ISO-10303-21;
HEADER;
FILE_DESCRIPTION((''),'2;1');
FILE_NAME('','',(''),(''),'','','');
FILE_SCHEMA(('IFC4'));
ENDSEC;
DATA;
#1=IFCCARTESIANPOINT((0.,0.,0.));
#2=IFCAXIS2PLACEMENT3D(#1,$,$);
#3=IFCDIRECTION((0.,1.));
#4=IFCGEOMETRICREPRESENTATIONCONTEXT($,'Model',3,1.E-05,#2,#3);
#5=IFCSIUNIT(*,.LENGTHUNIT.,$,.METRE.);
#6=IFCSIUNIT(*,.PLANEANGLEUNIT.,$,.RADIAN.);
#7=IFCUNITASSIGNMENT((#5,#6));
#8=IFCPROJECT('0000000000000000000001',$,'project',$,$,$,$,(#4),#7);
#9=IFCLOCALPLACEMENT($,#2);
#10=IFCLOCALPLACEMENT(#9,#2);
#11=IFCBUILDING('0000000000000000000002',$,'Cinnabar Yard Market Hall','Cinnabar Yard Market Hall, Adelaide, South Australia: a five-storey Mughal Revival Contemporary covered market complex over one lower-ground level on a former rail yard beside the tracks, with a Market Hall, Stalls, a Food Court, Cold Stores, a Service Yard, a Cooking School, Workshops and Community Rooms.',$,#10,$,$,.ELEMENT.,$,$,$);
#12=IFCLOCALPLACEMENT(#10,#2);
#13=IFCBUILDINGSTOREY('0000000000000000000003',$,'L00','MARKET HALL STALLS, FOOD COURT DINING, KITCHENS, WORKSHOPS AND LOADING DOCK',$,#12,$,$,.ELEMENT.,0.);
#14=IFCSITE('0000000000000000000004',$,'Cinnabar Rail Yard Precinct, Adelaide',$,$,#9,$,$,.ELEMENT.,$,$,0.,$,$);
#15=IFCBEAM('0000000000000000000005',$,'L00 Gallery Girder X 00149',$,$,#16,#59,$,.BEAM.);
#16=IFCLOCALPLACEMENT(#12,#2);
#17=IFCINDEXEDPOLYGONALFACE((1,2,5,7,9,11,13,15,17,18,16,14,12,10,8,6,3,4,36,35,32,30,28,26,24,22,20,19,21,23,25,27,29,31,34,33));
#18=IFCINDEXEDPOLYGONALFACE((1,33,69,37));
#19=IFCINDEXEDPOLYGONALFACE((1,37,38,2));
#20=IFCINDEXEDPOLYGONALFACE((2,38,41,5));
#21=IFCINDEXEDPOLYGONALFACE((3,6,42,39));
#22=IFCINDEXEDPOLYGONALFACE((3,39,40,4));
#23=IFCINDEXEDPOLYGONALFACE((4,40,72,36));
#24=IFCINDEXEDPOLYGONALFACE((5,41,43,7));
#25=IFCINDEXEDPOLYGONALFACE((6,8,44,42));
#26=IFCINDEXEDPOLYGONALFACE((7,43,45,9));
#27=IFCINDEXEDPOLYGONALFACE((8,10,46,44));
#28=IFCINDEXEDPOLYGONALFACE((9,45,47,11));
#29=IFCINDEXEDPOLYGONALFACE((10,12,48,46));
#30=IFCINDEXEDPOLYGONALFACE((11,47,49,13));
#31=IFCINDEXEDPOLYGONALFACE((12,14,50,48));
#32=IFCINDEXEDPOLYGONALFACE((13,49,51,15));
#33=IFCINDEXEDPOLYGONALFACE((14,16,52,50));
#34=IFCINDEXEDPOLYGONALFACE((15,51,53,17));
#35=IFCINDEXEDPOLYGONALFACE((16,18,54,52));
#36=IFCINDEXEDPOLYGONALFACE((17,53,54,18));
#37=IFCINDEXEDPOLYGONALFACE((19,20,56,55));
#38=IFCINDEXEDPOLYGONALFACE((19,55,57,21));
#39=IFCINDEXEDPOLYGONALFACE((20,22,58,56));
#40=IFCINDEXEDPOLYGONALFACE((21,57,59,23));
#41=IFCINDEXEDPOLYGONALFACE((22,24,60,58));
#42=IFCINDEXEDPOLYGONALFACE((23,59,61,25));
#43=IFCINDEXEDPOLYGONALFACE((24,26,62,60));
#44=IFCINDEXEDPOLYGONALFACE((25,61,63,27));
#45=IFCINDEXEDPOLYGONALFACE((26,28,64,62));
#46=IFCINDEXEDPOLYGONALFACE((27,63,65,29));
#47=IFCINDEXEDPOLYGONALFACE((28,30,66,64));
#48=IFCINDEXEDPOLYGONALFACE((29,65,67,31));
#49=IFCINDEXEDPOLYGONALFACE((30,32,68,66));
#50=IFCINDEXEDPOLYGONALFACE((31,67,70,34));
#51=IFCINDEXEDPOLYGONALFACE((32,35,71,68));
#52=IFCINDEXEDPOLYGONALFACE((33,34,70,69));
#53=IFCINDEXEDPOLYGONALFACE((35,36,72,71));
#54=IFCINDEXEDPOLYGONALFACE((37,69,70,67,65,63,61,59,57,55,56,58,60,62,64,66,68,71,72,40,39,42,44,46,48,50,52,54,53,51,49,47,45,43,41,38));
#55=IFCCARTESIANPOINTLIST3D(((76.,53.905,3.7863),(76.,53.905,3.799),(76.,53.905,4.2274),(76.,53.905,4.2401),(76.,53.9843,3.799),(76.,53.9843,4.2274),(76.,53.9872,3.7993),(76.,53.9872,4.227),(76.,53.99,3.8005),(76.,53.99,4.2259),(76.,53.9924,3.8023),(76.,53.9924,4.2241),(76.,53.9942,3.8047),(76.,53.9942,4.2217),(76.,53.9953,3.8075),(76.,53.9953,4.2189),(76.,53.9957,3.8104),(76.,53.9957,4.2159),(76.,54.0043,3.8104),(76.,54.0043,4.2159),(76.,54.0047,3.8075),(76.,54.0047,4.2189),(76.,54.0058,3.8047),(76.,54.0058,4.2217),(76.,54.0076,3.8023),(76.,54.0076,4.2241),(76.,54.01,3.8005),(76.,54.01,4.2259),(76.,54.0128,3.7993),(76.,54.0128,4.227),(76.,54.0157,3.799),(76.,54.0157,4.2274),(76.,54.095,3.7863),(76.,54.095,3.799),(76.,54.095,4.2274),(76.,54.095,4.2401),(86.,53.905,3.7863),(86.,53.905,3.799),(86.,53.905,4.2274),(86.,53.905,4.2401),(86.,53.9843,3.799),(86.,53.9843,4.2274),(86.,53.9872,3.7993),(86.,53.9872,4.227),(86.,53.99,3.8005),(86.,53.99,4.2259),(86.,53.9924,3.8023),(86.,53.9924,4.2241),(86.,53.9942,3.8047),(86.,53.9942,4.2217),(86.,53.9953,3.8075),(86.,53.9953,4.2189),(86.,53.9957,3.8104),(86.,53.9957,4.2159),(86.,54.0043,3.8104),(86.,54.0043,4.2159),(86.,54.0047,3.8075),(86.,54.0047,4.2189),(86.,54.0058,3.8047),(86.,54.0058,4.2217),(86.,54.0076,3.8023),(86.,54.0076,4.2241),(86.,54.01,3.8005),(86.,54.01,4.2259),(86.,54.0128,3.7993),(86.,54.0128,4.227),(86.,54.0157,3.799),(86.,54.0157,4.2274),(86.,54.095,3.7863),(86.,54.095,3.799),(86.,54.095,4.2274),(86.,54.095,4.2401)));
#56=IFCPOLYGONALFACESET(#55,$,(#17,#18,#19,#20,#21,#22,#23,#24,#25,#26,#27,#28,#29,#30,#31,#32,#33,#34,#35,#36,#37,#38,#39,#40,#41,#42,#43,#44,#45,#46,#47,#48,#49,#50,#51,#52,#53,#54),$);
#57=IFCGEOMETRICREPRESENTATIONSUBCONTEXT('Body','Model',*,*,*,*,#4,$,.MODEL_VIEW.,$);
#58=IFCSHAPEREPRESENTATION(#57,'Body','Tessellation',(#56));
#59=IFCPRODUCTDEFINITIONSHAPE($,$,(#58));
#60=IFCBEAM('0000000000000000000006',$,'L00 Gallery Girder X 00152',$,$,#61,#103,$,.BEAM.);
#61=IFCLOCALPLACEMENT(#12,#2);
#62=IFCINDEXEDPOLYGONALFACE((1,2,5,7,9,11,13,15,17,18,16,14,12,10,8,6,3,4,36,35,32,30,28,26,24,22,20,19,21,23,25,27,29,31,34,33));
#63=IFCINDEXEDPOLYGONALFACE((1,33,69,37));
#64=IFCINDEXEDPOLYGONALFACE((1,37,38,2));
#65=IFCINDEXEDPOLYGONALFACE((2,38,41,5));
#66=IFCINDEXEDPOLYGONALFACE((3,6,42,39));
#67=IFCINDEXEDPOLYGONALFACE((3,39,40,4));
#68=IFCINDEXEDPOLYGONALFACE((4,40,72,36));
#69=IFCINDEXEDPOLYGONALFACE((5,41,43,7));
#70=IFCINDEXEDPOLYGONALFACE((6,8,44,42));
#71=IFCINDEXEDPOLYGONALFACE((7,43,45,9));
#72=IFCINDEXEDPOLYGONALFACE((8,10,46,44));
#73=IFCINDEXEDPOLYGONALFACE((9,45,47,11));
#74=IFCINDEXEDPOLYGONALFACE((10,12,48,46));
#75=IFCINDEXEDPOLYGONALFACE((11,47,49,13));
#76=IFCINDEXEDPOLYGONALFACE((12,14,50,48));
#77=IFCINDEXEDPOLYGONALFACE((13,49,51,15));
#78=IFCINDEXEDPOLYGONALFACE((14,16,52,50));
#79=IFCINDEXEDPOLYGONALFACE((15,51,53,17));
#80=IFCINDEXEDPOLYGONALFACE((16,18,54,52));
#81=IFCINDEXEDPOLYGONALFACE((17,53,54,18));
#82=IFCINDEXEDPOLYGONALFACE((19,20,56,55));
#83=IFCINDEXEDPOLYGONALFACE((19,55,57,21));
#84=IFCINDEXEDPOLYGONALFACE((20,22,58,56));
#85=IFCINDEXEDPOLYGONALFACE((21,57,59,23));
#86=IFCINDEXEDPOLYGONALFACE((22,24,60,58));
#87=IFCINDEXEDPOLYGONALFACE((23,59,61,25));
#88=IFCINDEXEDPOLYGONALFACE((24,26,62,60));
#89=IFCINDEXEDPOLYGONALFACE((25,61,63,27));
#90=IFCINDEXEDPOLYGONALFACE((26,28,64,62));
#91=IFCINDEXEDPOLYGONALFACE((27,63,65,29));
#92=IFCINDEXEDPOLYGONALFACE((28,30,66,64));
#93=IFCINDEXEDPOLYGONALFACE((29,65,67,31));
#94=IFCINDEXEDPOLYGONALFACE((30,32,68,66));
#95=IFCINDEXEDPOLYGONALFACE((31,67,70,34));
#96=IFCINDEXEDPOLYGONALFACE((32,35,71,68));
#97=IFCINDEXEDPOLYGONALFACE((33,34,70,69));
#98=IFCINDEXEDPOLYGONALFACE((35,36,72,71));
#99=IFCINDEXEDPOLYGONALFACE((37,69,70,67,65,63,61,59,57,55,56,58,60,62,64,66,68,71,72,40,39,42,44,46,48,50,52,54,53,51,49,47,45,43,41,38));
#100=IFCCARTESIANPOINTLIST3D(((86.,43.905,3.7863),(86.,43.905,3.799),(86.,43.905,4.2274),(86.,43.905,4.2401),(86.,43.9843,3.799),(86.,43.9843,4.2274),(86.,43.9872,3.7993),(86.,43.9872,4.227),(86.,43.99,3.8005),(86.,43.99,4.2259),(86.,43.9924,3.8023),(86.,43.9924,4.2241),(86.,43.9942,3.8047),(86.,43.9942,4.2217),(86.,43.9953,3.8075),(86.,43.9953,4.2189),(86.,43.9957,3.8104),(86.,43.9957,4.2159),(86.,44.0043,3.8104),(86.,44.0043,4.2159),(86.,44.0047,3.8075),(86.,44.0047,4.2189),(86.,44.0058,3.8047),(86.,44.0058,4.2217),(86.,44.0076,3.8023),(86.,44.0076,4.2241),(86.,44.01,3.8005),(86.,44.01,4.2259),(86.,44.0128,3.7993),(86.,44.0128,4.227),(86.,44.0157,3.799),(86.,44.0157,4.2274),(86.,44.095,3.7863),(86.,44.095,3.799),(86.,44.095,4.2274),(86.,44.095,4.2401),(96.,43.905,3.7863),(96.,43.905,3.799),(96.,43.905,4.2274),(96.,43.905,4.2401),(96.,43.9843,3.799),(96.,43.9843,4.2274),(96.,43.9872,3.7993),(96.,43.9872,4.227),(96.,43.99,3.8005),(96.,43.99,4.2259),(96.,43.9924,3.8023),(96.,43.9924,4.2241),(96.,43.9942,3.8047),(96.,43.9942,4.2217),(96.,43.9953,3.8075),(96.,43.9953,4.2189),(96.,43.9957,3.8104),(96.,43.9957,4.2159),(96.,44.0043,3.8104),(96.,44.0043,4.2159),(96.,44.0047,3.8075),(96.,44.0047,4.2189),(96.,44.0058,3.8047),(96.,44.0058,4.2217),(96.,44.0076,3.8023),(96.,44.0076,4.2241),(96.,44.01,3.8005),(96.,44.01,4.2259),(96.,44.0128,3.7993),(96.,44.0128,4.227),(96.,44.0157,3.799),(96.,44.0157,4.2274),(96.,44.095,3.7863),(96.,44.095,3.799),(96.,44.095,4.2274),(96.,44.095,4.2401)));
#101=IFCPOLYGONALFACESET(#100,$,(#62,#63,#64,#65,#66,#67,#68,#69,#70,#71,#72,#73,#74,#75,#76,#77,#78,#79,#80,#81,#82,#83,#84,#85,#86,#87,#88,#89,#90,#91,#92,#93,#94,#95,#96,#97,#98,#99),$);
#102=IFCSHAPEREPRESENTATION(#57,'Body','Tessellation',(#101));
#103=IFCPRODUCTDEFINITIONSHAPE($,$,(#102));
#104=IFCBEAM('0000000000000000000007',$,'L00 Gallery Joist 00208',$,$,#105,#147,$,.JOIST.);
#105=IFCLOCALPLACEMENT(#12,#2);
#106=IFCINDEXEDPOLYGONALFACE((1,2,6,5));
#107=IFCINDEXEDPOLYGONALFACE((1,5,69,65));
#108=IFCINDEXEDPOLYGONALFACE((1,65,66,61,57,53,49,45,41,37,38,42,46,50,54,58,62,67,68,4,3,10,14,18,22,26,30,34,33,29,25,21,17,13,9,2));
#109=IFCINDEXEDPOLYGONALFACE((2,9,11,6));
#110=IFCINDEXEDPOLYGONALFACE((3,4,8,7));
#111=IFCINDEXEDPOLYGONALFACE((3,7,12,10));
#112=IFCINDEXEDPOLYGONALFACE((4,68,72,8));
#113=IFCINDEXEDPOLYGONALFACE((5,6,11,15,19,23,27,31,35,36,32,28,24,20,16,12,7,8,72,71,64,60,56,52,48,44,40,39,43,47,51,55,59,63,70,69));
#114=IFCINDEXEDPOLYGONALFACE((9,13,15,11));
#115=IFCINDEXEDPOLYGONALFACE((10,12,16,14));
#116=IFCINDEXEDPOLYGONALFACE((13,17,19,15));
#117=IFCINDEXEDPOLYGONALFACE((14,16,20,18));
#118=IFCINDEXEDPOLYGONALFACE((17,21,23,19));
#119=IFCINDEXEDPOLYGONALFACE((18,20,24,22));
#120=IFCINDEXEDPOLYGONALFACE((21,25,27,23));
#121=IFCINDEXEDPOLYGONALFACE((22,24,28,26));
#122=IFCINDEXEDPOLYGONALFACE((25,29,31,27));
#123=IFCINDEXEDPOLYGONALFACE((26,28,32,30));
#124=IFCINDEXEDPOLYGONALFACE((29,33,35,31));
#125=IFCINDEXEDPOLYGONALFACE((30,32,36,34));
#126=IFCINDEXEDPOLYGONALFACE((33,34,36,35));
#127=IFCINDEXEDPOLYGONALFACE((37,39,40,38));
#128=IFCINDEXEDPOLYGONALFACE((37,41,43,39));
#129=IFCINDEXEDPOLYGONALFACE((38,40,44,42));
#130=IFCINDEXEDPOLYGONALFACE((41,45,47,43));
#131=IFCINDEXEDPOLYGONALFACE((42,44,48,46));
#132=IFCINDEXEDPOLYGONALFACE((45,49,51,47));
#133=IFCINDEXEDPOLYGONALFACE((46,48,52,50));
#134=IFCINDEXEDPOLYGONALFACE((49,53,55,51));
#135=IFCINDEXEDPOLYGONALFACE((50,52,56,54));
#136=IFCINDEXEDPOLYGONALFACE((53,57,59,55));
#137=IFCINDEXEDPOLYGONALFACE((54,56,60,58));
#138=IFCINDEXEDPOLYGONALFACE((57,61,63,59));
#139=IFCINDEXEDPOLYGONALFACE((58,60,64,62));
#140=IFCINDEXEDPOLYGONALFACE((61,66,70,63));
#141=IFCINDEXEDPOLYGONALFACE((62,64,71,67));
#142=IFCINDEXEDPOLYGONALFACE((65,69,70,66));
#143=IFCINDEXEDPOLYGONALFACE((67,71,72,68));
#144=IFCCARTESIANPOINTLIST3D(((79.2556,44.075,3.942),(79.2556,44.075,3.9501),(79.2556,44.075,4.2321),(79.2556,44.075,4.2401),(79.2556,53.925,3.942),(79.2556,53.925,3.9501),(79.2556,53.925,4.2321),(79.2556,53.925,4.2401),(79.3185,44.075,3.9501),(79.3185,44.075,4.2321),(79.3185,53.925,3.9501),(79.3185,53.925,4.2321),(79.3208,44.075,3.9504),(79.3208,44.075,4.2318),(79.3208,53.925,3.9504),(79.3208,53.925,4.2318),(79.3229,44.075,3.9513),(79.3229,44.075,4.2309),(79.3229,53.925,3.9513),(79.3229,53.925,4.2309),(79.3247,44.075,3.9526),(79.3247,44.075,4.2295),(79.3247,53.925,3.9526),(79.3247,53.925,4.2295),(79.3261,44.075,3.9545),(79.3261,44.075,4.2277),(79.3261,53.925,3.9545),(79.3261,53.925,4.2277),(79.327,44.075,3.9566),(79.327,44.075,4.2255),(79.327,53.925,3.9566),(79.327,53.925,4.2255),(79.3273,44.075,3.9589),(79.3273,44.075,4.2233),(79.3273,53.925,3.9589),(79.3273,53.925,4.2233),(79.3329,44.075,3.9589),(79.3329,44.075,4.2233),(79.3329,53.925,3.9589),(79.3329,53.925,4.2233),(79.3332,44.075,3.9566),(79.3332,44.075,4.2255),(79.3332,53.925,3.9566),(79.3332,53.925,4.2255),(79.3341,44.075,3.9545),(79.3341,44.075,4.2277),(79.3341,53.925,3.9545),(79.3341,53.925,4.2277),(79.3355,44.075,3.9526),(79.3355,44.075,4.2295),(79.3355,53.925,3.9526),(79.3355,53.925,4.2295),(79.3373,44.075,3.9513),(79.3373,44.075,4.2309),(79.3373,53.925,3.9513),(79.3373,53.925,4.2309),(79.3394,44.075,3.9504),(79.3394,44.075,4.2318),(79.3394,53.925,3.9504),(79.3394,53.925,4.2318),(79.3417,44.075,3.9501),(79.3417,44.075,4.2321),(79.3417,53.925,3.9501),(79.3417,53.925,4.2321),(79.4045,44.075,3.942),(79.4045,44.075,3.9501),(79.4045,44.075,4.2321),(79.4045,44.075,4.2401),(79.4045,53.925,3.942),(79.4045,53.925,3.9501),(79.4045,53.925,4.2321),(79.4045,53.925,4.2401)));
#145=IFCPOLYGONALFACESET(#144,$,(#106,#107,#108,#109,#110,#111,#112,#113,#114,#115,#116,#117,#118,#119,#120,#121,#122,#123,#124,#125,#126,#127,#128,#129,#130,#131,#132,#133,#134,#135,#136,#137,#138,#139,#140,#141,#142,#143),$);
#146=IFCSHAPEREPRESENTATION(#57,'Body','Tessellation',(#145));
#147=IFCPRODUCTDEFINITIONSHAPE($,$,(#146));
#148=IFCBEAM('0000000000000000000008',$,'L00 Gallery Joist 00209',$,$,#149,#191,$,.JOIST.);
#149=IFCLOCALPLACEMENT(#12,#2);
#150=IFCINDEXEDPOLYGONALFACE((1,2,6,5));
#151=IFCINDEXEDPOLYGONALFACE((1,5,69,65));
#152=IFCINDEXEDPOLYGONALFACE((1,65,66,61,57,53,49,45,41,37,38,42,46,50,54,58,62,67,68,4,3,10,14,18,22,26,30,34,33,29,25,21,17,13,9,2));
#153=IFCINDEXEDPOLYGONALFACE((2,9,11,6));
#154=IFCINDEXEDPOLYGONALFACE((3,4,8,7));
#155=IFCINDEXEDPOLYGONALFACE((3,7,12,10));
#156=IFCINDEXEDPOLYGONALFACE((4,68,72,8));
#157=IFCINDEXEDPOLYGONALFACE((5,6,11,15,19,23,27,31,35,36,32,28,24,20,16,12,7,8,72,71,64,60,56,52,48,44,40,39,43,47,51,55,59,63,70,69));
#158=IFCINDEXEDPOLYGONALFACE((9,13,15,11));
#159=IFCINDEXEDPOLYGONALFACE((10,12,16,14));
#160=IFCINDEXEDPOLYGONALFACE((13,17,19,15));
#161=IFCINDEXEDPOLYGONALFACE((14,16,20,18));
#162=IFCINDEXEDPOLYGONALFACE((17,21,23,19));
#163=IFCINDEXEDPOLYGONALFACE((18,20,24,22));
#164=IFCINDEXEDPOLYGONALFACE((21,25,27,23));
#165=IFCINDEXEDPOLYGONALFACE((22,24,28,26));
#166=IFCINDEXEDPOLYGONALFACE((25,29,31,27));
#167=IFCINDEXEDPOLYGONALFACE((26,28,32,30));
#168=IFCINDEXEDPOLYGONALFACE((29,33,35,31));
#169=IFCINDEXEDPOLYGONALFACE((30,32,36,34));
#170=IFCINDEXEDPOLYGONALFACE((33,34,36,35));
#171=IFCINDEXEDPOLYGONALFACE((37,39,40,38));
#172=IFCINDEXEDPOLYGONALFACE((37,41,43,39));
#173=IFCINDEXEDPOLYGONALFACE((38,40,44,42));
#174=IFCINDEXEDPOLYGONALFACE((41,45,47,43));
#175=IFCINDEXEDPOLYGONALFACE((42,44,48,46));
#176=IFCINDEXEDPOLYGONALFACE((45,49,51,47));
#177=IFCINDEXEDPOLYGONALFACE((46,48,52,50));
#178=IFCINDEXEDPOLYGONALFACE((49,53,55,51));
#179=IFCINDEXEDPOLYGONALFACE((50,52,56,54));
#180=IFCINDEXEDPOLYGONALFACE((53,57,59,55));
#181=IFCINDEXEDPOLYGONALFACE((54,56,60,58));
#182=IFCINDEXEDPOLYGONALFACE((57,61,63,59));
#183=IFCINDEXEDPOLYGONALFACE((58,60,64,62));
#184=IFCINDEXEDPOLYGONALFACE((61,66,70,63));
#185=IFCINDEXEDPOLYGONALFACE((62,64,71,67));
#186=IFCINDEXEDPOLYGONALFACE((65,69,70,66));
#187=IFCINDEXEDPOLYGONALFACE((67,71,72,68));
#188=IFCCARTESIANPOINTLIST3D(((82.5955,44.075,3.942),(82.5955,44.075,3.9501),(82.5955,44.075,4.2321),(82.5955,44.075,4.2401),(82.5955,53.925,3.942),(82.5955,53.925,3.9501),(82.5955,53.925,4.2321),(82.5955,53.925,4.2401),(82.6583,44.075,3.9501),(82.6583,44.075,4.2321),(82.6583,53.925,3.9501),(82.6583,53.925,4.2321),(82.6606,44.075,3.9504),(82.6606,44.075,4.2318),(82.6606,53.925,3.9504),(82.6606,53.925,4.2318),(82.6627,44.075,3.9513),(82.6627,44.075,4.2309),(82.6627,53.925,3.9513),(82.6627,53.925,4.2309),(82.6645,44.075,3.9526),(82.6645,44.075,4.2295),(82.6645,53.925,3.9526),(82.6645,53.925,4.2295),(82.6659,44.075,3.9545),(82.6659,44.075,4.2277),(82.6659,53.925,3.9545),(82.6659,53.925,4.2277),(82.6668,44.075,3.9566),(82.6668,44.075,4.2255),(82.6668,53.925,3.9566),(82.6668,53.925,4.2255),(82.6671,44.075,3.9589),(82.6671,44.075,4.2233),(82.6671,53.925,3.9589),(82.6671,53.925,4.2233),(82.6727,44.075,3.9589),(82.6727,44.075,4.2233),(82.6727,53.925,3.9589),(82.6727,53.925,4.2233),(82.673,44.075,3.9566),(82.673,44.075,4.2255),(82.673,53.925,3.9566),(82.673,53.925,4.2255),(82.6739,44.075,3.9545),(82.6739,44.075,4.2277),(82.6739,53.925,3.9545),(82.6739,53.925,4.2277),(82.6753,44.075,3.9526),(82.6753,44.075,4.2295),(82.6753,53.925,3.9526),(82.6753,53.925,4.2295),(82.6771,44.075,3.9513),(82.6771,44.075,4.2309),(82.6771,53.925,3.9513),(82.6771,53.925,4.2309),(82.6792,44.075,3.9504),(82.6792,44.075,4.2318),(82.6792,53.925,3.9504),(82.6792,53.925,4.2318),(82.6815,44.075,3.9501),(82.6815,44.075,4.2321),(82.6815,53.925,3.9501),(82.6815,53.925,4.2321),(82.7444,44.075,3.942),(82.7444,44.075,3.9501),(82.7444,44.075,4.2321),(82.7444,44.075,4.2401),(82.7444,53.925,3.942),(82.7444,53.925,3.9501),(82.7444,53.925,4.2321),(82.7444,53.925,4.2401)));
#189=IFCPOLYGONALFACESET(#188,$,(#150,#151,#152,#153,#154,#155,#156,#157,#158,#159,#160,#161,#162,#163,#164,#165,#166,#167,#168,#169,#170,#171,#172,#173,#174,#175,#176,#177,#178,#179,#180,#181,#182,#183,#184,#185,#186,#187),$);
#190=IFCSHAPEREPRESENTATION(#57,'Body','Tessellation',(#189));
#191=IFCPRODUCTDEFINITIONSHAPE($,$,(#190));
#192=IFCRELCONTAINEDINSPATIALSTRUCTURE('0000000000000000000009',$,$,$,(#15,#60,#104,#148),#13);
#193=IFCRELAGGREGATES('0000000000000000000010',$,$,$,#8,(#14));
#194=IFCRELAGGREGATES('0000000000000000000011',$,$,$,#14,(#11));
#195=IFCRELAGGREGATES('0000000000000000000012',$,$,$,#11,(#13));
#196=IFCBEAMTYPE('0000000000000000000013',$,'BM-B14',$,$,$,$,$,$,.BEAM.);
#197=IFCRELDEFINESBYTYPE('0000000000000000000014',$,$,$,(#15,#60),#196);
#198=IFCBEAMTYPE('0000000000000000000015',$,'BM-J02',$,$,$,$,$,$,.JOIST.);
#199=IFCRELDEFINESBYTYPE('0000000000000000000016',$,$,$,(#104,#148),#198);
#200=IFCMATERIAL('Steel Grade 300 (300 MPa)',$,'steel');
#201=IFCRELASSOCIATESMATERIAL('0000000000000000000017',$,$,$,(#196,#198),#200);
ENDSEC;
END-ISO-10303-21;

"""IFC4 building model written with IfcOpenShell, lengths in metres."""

from ifc_helpers import new_model, si_unit, direction, frame, origin, origin_2d_with_axis, place, context, subcontext, project, spatial, i_section, extrude, material, material_profile, profile_set, type_object, element, save


model = new_model("IFC4")

# Units and contexts
model_context = context("Model", 3, precision=1e-05, world=origin(), true_north=direction((0.0, 1.0)))
body_context = subcontext(model_context, "Body", "Model", "MODEL_VIEW")
ifc_project = project(units=[si_unit("LENGTHUNIT", "METRE"), si_unit("PLANEANGLEUNIT", "RADIAN")], contexts=[model_context])

# Site, building, storey
site_placement = place(None, origin())
site = spatial("IfcSite", under=ifc_project, at=site_placement, Name="Cinnabar Rail Yard Precinct, Adelaide", CompositionType="ELEMENT", RefElevation=0.0)
building_placement = place(site_placement, origin())
building = spatial("IfcBuilding", under=site, at=building_placement, Name="Cinnabar Yard Market Hall", Description="Cinnabar Yard Market Hall, Adelaide, South Australia: a five-storey Mughal Revival Contemporary covered market complex over one lower-ground level on a former rail yard beside the tracks, with a Market Hall, Stalls, a Food Court, Cold Stores, a Service Yard, a Cooking School, Workshops and Community Rooms.", CompositionType="ELEMENT")
storey_placement = place(building_placement, origin())
storey = spatial("IfcBuildingStorey", under=building, at=storey_placement, Name="L00", Description="MARKET HALL STALLS, FOOD COURT DINING, KITCHENS, WORKSHOPS AND LOADING DOCK", CompositionType="ELEMENT", Elevation=0.0)

# Beams
ifc_material_1 = material(Name="Steel Grade 300 (300 MPa)", Category="steel")
ifc_material_profile_1 = material_profile(ifc_material_1, i_section(OverallWidth=0.1899, OverallDepth=0.4539, WebThickness=0.0085, FlangeThickness=0.0127, FilletRadius=0.0115, at=origin_2d_with_axis()), Name="460UB67.1")
ifc_profile_set_1 = profile_set([ifc_material_profile_1], Name="Steel Grade 300 (300 MPa)")
beam_type_1 = type_object("IfcBeamType", Name="BM-B14", PredefinedType="BEAM", material=ifc_profile_set_1)
for number, where, z_axis, x_axis, name in (
    (1, (76.0, 54.0, 4.0132), (1.0, 0.0, 0.0), (0.0, 1.0, 0.0), "L00 Gallery Girder X 00149"),
    (2, (86.0, 44.0, 4.0132), (1.0, 0.0, 0.0), (0.0, 1.0, 0.0), "L00 Gallery Girder X 00152"),
):
    element("IfcBeam", number, at=place(storey_placement, frame(where, z_axis=z_axis, x_axis=x_axis)), inside=storey, type_object=beam_type_1, Name=name, PredefinedType="BEAM", context=body_context, shape_type="SweptSolid", body=[
        extrude(i_section(OverallWidth=0.1899, OverallDepth=0.4539, WebThickness=0.0085, FlangeThickness=0.0127, FilletRadius=0.0115, at=origin_2d_with_axis()), origin(), (0.0, 0.0, 1.0), 10.0),
    ])
ifc_material_profile_2 = material_profile(ifc_material_1, i_section(OverallWidth=0.1489, OverallDepth=0.2981, WebThickness=0.0056, FlangeThickness=0.0081, FilletRadius=0.0088, at=origin_2d_with_axis()), Name="310UB32.0")
ifc_profile_set_2 = profile_set([ifc_material_profile_2], Name="Steel Grade 300 (300 MPa)")
beam_type_2 = type_object("IfcBeamType", Name="BM-J02", PredefinedType="JOIST", material=ifc_profile_set_2)
for number, where, z_axis, x_axis, name in (
    (3, (79.3301, 44.075, 4.0911), (0.0, 1.0, 0.0), (-1.0, 0.0, 0.0), "L00 Gallery Joist 00208"),
    (4, (82.6699, 44.075, 4.0911), (0.0, 1.0, 0.0), (-1.0, 0.0, 0.0), "L00 Gallery Joist 00209"),
):
    element("IfcBeam", number, at=place(storey_placement, frame(where, z_axis=z_axis, x_axis=x_axis)), inside=storey, type_object=beam_type_2, Name=name, PredefinedType="JOIST", context=body_context, shape_type="SweptSolid", body=[
        extrude(i_section(OverallWidth=0.1489, OverallDepth=0.2981, WebThickness=0.0056, FlangeThickness=0.0081, FilletRadius=0.0088, at=origin_2d_with_axis()), origin(), (0.0, 0.0, 1.0), 9.8501),
    ])

save(model, "model.ifc")
